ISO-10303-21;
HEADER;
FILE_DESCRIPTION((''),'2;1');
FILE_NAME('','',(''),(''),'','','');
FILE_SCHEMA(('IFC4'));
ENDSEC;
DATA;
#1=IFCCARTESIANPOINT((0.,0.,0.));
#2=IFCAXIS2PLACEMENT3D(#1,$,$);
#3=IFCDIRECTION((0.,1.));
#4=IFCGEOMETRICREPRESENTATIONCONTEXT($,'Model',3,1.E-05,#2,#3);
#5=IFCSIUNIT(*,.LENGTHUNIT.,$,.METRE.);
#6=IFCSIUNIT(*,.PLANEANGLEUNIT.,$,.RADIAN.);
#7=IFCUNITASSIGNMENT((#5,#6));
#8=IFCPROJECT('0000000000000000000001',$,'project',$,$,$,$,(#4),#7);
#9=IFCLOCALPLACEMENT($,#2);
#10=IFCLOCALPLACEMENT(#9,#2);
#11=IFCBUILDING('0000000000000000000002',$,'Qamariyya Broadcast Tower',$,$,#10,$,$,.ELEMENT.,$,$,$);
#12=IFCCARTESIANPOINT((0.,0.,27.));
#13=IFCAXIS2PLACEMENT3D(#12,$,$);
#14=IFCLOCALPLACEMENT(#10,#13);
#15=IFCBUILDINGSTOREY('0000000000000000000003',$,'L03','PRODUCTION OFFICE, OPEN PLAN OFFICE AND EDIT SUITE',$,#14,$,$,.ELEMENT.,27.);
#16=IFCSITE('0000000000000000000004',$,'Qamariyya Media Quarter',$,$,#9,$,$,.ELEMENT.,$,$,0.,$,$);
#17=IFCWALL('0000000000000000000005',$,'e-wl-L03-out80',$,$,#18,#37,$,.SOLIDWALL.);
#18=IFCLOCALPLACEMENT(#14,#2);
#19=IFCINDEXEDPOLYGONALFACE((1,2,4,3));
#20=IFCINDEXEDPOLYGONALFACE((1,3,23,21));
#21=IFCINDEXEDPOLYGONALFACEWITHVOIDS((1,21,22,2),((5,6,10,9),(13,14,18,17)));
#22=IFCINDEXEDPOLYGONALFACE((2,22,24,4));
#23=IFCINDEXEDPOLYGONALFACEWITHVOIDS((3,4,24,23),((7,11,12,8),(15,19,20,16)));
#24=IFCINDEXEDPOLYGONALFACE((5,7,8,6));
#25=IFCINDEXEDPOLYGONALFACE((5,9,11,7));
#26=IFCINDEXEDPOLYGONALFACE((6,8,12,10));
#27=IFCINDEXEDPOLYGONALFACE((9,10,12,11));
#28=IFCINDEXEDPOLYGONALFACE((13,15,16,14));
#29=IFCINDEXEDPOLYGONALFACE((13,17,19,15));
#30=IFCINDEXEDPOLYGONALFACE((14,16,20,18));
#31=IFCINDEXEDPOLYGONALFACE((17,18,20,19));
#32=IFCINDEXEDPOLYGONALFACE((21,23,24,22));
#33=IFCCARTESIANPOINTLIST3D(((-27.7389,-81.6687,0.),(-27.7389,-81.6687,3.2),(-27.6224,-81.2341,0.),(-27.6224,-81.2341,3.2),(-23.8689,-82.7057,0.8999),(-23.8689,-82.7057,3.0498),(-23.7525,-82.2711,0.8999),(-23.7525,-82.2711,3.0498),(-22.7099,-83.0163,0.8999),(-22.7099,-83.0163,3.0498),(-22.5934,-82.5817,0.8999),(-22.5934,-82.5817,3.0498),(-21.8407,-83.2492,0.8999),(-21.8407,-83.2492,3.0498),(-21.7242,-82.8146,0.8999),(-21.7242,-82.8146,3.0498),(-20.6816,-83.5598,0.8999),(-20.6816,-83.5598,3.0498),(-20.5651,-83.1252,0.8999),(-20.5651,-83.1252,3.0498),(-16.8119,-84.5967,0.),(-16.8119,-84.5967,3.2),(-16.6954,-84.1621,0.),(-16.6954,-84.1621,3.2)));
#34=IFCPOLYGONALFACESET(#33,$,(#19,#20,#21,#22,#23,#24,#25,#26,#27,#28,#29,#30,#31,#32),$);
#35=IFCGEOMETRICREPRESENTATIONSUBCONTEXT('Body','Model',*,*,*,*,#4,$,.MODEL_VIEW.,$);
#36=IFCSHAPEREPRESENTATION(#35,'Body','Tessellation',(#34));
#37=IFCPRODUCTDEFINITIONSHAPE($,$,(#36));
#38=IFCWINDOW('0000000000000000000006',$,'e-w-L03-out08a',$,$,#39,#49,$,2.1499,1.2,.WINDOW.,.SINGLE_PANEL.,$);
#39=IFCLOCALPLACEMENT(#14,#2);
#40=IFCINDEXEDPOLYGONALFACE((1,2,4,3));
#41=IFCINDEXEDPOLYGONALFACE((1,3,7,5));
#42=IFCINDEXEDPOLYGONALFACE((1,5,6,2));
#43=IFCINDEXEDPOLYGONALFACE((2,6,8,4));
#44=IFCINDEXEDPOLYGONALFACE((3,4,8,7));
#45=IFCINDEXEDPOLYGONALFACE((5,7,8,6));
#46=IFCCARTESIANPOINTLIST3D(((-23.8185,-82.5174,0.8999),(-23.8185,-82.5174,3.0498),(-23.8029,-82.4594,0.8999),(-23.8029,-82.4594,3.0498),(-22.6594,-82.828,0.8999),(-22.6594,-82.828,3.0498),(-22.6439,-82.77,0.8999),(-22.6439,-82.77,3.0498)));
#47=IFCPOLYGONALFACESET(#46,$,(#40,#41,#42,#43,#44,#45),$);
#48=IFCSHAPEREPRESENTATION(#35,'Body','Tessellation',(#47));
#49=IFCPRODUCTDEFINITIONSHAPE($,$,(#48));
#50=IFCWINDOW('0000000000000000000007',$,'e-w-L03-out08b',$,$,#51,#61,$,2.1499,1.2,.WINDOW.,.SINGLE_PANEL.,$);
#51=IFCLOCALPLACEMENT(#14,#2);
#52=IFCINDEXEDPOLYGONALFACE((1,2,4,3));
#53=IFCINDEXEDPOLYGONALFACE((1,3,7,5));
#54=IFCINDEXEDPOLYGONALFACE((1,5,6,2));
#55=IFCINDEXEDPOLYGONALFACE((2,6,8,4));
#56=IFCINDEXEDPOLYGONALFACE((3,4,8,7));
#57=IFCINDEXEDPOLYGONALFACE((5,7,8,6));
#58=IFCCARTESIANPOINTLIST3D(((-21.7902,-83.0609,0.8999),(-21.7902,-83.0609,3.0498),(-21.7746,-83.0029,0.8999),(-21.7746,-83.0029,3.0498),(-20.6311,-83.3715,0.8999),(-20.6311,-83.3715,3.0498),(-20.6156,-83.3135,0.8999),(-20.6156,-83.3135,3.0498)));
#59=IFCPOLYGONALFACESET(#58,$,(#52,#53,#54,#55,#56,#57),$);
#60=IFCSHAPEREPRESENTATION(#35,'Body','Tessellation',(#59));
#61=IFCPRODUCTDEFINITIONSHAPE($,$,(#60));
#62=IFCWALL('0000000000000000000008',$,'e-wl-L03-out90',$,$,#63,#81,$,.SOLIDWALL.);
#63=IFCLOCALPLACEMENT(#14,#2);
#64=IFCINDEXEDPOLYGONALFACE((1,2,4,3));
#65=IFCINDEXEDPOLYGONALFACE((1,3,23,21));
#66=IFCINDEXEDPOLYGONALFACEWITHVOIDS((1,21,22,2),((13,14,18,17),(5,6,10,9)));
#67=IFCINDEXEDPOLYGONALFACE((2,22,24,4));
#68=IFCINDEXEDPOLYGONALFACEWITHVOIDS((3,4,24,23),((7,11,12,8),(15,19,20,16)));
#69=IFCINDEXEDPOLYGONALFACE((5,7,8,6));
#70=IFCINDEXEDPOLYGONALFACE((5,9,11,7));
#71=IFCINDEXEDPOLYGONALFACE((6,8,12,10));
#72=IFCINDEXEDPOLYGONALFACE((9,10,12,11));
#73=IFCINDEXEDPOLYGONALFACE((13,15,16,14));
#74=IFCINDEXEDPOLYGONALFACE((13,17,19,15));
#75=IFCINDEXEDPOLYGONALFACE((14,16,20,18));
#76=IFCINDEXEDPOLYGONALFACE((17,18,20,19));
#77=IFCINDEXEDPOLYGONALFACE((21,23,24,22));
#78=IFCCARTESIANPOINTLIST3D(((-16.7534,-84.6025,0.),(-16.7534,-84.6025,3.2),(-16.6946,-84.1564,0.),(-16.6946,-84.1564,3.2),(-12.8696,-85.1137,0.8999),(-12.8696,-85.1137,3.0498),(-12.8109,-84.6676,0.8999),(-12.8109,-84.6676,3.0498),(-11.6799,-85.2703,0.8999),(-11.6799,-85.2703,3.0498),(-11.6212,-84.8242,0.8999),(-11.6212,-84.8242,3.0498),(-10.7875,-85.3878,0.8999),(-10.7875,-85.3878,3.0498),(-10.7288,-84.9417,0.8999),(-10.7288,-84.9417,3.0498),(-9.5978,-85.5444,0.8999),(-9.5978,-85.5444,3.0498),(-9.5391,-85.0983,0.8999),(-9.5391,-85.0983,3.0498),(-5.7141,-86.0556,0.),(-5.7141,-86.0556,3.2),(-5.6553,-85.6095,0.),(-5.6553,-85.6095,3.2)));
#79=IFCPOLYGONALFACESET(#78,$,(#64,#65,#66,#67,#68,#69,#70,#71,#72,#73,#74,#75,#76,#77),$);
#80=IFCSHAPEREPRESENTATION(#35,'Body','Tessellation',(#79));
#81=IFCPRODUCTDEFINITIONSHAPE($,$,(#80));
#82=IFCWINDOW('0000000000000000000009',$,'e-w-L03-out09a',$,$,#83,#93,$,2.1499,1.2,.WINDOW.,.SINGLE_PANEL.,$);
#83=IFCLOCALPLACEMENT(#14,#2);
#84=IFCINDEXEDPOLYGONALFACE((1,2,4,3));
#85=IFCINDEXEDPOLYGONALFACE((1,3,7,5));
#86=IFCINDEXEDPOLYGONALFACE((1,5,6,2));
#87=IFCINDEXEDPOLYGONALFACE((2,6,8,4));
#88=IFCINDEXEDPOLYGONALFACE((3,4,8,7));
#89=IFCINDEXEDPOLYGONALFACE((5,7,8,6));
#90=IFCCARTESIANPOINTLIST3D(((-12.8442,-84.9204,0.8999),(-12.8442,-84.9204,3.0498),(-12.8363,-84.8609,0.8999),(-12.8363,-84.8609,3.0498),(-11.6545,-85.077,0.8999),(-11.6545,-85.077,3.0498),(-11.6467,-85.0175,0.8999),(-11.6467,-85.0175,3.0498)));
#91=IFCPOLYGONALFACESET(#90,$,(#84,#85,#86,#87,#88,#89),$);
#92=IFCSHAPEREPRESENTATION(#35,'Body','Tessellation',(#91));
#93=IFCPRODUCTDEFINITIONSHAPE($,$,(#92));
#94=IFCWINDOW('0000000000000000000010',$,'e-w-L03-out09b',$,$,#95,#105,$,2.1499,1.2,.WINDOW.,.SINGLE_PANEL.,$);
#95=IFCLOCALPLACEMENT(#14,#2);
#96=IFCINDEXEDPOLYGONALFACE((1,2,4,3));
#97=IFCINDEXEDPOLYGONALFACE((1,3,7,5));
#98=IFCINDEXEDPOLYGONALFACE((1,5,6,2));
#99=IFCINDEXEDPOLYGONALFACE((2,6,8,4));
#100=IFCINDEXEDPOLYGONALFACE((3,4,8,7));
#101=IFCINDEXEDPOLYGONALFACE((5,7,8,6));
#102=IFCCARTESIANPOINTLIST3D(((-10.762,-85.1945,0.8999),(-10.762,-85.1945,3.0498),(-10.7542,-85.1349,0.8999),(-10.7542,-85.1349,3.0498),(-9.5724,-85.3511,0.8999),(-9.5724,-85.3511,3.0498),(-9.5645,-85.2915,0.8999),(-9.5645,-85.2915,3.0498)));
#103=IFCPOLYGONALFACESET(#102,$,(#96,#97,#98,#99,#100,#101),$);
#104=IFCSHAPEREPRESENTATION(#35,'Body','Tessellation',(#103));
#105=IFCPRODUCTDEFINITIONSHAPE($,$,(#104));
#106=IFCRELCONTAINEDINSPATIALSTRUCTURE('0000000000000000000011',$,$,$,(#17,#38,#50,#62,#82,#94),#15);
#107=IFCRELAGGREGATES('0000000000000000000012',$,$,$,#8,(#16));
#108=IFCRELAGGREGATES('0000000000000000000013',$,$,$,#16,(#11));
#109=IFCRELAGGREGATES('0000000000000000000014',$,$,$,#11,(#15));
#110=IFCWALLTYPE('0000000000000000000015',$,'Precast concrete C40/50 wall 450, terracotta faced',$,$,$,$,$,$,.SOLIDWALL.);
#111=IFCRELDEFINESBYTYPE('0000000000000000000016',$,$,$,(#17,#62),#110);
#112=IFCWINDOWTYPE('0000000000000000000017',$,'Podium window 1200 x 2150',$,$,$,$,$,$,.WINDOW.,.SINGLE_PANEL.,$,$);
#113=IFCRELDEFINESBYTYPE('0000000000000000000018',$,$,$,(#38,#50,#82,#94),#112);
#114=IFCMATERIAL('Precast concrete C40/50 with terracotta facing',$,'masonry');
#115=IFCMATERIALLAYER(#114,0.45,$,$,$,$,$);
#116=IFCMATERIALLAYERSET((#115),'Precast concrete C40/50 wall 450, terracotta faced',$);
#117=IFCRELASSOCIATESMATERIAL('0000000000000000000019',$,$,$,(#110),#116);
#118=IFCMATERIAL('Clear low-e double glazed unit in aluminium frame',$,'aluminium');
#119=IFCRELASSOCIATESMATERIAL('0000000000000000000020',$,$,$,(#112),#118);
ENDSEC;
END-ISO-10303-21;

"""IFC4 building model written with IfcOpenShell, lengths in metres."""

from ifc_helpers import new_model, si_unit, direction, frame, frame_2d, origin, place, context, subcontext, project, spatial, rectangle, extrude, material, layer, layer_set, type_object, element, fill, save


model = new_model("IFC4")

# Units and contexts
model_context = context("Model", 3, precision=1e-05, world=origin(), true_north=direction((0.0, 1.0)))
body_context = subcontext(model_context, "Body", "Model", "MODEL_VIEW")
ifc_project = project(units=[si_unit("LENGTHUNIT", "METRE"), si_unit("PLANEANGLEUNIT", "RADIAN")], contexts=[model_context])

# Site, building, storey
site_placement = place(None, origin())
site = spatial("IfcSite", under=ifc_project, at=site_placement, Name="Qamariyya Media Quarter", CompositionType="ELEMENT", RefElevation=0.0)
building_placement = place(site_placement, origin())
building = spatial("IfcBuilding", under=site, at=building_placement, Name="Qamariyya Broadcast Tower", CompositionType="ELEMENT")
storey_placement = place(building_placement, frame((0.0, 0.0, 27.0)))
storey = spatial("IfcBuildingStorey", under=building, at=storey_placement, Name="L03", Description="PRODUCTION OFFICE, OPEN PLAN OFFICE AND EDIT SUITE", CompositionType="ELEMENT", Elevation=27.0)

# Walls, openings, windows
ifc_material_1 = material(Name="Precast concrete C40/50 with terracotta facing", Category="masonry")
ifc_layer_1 = layer(ifc_material_1, 0.45)
ifc_layer_set_1 = layer_set([ifc_layer_1], Name="Precast concrete C40/50 wall 450, terracotta faced")
wall_type_1 = type_object("IfcWallType", Name="Precast concrete C40/50 wall 450, terracotta faced", PredefinedType="SOLIDWALL", material=ifc_layer_set_1)
wall_1_placement = place(storey_placement, frame((-27.6807, -81.4514, 0.0), z_axis=(0.0, 0.0, 1.0), x_axis=(0.965924, -0.258827, 0.0)))
wall_1 = element("IfcWall", 1, at=wall_1_placement, inside=storey, type_object=wall_type_1, Name="e-wl-L03-out80", PredefinedType="SOLIDWALL", context=body_context, shape_type="SweptSolid", body=[
    extrude(rectangle(XDim=11.3125, YDim=0.45, at=frame_2d((5.6562, 0.0))), origin(), (0.0, 0.0, 1.0), 3.2),
])
opening_1_placement = place(wall_1_placement, frame((4.0063, 0.0, 0.8999)))
opening_1 = element("IfcOpeningElement", 2, at=opening_1_placement, cuts=wall_1, PredefinedType="OPENING", context=body_context, shape_type="SweptSolid", body=[
    extrude(rectangle(XDim=1.2, YDim=2.1499, at=frame_2d((0.6001, 1.075))), frame((0.0, 0.2349, 0.0), z_axis=(0.0, -1.0, 0.0), x_axis=(1.0, 0.0, 0.0)), (0.0, 0.0, 1.0), 0.47),
])
opening_2_placement = place(wall_1_placement, frame((6.1062, 0.0, 0.8999)))
opening_2 = element("IfcOpeningElement", 3, at=opening_2_placement, cuts=wall_1, PredefinedType="OPENING", context=body_context, shape_type="SweptSolid", body=[
    extrude(rectangle(XDim=1.2, YDim=2.1499, at=frame_2d((0.6001, 1.075))), frame((0.0, 0.2349, 0.0), z_axis=(0.0, -1.0, 0.0), x_axis=(1.0, 0.0, 0.0)), (0.0, 0.0, 1.0), 0.47),
])
ifc_material_2 = material(Name="Clear low-e double glazed unit in aluminium frame", Category="aluminium")
window_type = type_object("IfcWindowType", Name="Podium window 1200 x 2150", PartitioningType="SINGLE_PANEL", PredefinedType="WINDOW", material=ifc_material_2)
window_1_placement = place(opening_1_placement, origin())
window_1 = element("IfcWindow", 4, at=window_1_placement, inside=storey, type_object=window_type, Name="e-w-L03-out08a", OverallHeight=2.1499, OverallWidth=1.2, PartitioningType="SINGLE_PANEL", PredefinedType="WINDOW", context=body_context, shape_type="SweptSolid", body=[
    extrude(rectangle(XDim=1.2, YDim=2.1499, at=frame_2d((0.6001, 1.075))), frame((0.0, 0.03, 0.0), z_axis=(0.0, -1.0, 0.0), x_axis=(1.0, 0.0, 0.0)), (0.0, 0.0, 1.0), 0.0601),
])
fill(opening_1, window_1)
window_2_placement = place(opening_2_placement, origin())
window_2 = element("IfcWindow", 5, at=window_2_placement, inside=storey, type_object=window_type, Name="e-w-L03-out08b", OverallHeight=2.1499, OverallWidth=1.2, PartitioningType="SINGLE_PANEL", PredefinedType="WINDOW", context=body_context, shape_type="SweptSolid", body=[
    extrude(rectangle(XDim=1.2, YDim=2.1499, at=frame_2d((0.6001, 1.075))), frame((0.0, 0.03, 0.0), z_axis=(0.0, -1.0, 0.0), x_axis=(1.0, 0.0, 0.0)), (0.0, 0.0, 1.0), 0.0601),
])
fill(opening_2, window_2)
wall_2_placement = place(storey_placement, frame((-16.7241, -84.3794, 0.0), z_axis=(0.0, 0.0, 1.0), x_axis=(0.991448, -0.130506, 0.0)))
wall_2 = element("IfcWall", 6, at=wall_2_placement, inside=storey, type_object=wall_type_1, Name="e-wl-L03-out90", PredefinedType="SOLIDWALL", context=body_context, shape_type="SweptSolid", body=[
    extrude(rectangle(XDim=11.1345, YDim=0.45, at=frame_2d((5.5674, 0.0))), origin(), (0.0, 0.0, 1.0), 3.2),
])
opening_3_placement = place(wall_2_placement, frame((3.9172, 0.0, 0.8999)))
opening_3 = element("IfcOpeningElement", 7, at=opening_3_placement, cuts=wall_2, PredefinedType="OPENING", context=body_context, shape_type="SweptSolid", body=[
    extrude(rectangle(XDim=1.2, YDim=2.1499, at=frame_2d((0.6001, 1.075))), frame((0.0, 0.2349, 0.0), z_axis=(0.0, -1.0, 0.0), x_axis=(1.0, 0.0, 0.0)), (0.0, 0.0, 1.0), 0.47),
])
opening_4_placement = place(wall_2_placement, frame((6.0173, 0.0, 0.8999)))
opening_4 = element("IfcOpeningElement", 8, at=opening_4_placement, cuts=wall_2, PredefinedType="OPENING", context=body_context, shape_type="SweptSolid", body=[
    extrude(rectangle(XDim=1.2, YDim=2.1499, at=frame_2d((0.6001, 1.075))), frame((0.0, 0.2349, 0.0), z_axis=(0.0, -1.0, 0.0), x_axis=(1.0, 0.0, 0.0)), (0.0, 0.0, 1.0), 0.47),
])
window_3_placement = place(opening_3_placement, origin())
window_3 = element("IfcWindow", 9, at=window_3_placement, inside=storey, type_object=window_type, Name="e-w-L03-out09a", OverallHeight=2.1499, OverallWidth=1.2, PartitioningType="SINGLE_PANEL", PredefinedType="WINDOW", context=body_context, shape_type="SweptSolid", body=[
    extrude(rectangle(XDim=1.2, YDim=2.1499, at=frame_2d((0.6001, 1.075))), frame((0.0, 0.03, 0.0), z_axis=(0.0, -1.0, 0.0), x_axis=(1.0, 0.0, 0.0)), (0.0, 0.0, 1.0), 0.0601),
])
fill(opening_3, window_3)
window_4_placement = place(opening_4_placement, origin())
window_4 = element("IfcWindow", 10, at=window_4_placement, inside=storey, type_object=window_type, Name="e-w-L03-out09b", OverallHeight=2.1499, OverallWidth=1.2, PartitioningType="SINGLE_PANEL", PredefinedType="WINDOW", context=body_context, shape_type="SweptSolid", body=[
    extrude(rectangle(XDim=1.2, YDim=2.1499, at=frame_2d((0.6001, 1.075))), frame((0.0, 0.03, 0.0), z_axis=(0.0, -1.0, 0.0), x_axis=(1.0, 0.0, 0.0)), (0.0, 0.0, 1.0), 0.0601),
])
fill(opening_4, window_4)

save(model, "model.ifc")
